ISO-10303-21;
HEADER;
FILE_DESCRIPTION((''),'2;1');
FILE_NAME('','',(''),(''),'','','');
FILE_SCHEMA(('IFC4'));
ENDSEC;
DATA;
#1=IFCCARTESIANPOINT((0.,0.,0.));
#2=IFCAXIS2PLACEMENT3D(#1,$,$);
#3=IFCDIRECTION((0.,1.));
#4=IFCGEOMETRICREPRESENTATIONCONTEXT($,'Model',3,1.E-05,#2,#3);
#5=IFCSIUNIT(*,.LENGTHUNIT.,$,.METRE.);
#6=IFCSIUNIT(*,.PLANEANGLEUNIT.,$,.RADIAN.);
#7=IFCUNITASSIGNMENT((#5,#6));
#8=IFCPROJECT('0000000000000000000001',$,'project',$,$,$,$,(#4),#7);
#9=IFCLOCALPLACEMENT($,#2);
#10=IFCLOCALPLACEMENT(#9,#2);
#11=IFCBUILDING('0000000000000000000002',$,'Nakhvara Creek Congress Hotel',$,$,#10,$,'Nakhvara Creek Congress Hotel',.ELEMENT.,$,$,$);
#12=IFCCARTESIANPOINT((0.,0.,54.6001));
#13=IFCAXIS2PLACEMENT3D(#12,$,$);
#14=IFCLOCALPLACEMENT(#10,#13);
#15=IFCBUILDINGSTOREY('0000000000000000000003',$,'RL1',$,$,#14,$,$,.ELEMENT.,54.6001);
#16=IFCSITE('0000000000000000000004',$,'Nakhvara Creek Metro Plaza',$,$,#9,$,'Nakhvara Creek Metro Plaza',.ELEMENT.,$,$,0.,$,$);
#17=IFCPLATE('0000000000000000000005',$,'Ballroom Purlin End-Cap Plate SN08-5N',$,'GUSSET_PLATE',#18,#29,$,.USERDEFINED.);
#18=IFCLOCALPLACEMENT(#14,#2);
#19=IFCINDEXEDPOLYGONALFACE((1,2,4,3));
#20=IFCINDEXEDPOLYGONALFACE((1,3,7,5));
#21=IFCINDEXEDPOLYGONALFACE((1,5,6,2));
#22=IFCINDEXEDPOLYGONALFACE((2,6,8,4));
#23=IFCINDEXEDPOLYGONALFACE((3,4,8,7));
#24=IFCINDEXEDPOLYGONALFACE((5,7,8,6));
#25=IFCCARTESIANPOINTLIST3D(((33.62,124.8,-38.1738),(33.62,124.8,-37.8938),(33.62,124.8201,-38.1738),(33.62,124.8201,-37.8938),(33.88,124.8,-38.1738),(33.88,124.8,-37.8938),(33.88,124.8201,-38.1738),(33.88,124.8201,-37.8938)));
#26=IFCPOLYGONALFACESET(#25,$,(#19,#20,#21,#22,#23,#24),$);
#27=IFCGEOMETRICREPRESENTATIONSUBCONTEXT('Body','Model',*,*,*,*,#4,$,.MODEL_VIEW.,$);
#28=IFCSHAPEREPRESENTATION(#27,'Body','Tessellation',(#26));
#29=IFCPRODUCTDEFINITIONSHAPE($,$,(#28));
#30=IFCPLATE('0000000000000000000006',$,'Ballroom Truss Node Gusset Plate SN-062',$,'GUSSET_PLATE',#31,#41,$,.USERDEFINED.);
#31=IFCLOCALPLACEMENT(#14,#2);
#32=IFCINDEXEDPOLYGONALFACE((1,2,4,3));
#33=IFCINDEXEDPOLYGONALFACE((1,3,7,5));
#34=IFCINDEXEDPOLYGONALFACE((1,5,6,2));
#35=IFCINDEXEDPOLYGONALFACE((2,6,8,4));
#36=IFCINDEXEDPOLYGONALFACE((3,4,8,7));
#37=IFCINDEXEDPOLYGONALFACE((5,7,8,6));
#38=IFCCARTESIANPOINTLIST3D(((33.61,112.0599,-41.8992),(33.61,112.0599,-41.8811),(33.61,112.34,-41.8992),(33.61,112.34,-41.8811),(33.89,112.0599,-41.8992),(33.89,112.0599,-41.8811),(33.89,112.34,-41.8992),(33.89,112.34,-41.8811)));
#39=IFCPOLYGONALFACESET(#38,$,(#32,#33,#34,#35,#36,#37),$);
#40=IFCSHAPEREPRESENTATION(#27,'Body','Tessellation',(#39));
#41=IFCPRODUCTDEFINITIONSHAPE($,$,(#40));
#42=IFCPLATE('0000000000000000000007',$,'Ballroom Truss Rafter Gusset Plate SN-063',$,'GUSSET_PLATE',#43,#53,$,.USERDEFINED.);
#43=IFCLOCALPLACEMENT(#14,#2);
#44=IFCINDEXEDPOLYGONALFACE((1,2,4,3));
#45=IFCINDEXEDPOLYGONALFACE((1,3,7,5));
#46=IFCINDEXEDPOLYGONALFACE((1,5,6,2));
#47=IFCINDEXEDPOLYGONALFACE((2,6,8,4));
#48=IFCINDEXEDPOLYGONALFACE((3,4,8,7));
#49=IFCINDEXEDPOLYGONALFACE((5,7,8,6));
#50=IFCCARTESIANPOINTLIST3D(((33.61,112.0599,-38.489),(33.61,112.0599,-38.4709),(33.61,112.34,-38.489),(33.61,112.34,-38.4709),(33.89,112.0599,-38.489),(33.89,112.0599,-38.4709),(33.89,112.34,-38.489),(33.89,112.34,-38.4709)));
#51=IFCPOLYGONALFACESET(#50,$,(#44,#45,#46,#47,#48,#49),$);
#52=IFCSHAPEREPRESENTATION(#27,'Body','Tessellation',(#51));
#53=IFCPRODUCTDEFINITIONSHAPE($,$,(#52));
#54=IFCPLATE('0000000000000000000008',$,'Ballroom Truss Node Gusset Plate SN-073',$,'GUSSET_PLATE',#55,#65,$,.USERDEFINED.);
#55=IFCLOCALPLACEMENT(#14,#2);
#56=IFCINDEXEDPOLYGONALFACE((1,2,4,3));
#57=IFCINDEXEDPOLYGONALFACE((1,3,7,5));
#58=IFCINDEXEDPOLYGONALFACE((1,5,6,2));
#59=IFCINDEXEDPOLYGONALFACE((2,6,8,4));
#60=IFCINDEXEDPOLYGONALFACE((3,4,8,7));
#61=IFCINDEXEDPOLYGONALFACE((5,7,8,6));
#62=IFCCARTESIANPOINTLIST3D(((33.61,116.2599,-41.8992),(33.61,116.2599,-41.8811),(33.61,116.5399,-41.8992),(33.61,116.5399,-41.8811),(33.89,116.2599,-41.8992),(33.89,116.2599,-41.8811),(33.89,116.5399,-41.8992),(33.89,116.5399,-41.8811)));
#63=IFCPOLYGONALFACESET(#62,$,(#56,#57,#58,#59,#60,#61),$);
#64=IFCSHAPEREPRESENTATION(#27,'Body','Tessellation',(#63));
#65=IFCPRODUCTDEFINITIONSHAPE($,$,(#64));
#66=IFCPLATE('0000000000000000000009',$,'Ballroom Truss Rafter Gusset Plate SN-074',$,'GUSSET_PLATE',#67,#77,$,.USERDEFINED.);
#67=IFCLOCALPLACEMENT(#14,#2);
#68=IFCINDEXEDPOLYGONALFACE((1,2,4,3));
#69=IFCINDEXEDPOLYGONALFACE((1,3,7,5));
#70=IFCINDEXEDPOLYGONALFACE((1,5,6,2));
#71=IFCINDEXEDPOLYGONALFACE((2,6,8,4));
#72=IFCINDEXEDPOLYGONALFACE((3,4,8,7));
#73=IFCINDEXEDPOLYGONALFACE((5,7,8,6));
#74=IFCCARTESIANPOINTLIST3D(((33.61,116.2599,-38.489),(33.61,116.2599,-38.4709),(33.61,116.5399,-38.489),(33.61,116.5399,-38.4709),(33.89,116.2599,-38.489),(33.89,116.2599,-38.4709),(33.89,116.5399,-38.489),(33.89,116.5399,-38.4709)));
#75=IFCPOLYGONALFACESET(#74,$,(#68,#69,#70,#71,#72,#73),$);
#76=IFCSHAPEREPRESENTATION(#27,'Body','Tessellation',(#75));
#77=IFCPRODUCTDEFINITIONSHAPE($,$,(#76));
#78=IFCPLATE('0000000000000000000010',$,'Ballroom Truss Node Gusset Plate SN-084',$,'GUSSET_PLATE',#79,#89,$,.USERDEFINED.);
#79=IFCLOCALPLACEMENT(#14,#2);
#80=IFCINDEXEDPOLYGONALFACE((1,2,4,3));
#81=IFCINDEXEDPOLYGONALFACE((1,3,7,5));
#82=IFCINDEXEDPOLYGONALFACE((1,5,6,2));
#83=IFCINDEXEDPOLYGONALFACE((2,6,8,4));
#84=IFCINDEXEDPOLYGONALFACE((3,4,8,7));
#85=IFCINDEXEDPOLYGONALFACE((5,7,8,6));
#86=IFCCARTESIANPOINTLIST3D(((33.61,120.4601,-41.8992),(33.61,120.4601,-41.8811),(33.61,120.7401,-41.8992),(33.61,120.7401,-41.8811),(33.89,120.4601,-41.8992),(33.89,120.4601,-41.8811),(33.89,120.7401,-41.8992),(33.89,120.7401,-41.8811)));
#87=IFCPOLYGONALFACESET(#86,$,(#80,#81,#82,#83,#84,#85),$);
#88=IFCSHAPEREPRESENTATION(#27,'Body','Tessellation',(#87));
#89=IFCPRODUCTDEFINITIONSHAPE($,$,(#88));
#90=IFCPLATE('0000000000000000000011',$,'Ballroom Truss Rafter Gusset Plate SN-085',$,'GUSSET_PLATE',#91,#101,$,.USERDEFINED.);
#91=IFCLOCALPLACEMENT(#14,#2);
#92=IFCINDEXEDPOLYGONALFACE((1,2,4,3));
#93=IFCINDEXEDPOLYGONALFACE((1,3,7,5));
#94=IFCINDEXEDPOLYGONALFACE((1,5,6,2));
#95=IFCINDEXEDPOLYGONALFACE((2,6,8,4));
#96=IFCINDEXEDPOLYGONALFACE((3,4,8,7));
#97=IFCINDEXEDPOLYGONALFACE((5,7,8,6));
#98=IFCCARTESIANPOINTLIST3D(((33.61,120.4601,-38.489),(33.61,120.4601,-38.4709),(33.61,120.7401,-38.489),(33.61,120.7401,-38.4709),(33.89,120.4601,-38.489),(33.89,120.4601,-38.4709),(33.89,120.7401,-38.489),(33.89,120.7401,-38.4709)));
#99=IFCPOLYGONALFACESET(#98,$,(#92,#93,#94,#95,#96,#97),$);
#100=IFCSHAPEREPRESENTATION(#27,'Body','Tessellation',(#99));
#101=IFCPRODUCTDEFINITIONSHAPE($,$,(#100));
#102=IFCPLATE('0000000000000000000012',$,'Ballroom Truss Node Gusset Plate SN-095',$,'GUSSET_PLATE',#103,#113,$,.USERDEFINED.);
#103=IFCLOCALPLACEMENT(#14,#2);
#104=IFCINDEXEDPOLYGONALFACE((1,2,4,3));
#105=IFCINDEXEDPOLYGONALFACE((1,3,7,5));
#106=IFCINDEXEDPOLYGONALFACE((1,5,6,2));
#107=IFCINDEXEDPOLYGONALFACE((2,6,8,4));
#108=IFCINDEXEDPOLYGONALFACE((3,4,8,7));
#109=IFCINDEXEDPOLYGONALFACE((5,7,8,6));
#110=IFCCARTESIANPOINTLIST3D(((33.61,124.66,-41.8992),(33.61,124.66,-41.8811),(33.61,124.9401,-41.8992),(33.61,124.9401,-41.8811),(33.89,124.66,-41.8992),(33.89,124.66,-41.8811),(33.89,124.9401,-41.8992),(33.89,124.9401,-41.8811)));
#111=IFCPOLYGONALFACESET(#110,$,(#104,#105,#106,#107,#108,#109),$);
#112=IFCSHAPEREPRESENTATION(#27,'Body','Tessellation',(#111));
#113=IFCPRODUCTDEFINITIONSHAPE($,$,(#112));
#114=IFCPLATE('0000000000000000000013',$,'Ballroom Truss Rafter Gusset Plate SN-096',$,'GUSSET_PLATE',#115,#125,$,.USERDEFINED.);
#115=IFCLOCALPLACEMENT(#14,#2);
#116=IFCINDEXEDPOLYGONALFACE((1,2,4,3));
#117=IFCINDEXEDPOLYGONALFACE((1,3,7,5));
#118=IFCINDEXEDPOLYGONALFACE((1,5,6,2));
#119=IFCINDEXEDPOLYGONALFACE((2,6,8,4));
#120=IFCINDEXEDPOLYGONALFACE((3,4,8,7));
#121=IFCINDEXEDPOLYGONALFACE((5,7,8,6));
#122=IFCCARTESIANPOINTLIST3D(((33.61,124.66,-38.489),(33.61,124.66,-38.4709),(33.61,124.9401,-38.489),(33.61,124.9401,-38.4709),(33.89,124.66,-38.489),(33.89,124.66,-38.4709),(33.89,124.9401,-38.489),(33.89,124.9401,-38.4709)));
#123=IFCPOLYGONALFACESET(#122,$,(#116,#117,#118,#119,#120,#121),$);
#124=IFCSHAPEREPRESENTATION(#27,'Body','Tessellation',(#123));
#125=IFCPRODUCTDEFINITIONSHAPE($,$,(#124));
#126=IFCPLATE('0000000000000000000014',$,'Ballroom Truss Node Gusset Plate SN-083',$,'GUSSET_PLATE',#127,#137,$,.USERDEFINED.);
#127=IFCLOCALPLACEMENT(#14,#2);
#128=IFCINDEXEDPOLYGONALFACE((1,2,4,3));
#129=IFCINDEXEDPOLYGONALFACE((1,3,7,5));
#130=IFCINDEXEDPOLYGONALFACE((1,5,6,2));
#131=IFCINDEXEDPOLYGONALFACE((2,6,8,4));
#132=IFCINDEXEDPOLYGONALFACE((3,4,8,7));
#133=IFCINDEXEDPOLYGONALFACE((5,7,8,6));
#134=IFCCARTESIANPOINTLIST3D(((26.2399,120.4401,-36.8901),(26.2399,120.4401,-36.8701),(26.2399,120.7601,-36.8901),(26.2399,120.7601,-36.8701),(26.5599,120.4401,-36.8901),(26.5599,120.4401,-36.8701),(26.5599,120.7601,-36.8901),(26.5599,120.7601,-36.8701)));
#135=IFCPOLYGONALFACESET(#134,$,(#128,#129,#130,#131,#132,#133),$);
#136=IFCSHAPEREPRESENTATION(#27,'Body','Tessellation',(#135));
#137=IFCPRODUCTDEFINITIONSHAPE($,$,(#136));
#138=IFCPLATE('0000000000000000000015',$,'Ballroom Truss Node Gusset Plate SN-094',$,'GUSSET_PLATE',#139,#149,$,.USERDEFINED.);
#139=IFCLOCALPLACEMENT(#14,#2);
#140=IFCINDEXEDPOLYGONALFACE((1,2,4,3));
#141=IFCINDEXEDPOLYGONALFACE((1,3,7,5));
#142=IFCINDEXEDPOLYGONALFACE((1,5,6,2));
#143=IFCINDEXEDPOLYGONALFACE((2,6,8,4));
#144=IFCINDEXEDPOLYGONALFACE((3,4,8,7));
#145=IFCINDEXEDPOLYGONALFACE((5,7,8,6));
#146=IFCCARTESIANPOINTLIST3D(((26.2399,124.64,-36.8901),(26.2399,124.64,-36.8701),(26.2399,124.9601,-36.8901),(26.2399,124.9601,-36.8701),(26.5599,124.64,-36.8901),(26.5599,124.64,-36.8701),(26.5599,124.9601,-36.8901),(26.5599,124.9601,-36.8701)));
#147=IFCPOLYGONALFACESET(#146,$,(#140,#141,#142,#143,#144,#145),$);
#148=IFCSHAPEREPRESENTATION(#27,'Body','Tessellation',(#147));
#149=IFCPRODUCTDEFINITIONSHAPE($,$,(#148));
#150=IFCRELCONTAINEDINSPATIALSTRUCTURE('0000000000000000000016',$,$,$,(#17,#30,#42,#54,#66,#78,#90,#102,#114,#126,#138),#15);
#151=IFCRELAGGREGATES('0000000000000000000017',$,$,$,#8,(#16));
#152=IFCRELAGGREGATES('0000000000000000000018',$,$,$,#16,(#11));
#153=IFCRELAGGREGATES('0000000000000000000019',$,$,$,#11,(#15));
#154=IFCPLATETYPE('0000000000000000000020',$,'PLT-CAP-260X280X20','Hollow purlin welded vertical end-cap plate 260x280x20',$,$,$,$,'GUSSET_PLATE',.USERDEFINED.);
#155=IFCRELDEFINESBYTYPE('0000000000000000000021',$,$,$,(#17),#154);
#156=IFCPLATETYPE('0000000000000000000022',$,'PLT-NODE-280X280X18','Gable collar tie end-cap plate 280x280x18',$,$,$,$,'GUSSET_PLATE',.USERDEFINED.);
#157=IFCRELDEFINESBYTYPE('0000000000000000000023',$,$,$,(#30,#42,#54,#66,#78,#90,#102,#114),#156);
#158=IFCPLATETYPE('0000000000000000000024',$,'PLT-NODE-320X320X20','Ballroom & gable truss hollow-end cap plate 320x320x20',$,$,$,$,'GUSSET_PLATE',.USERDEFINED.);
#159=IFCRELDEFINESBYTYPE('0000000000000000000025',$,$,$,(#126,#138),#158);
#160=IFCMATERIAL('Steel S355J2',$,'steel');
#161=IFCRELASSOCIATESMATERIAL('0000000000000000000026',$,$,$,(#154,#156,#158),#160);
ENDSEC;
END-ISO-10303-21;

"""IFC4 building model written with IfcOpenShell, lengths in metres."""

from ifc_helpers import new_model, si_unit, direction, frame, origin, origin_2d, place, context, subcontext, project, spatial, rectangle, extrude, material, type_object, element, save


model = new_model("IFC4")

# Units and contexts
model_context = context("Model", 3, precision=1e-05, world=origin(), true_north=direction((0.0, 1.0)))
body_context = subcontext(model_context, "Body", "Model", "MODEL_VIEW")
ifc_project = project(units=[si_unit("LENGTHUNIT", "METRE"), si_unit("PLANEANGLEUNIT", "RADIAN")], contexts=[model_context])

# Site, building, storey
site_placement = place(None, origin())
site = spatial("IfcSite", under=ifc_project, at=site_placement, Name="Nakhvara Creek Metro Plaza", LongName="Nakhvara Creek Metro Plaza", CompositionType="ELEMENT", RefElevation=0.0)
building_placement = place(site_placement, origin())
building = spatial("IfcBuilding", under=site, at=building_placement, Name="Nakhvara Creek Congress Hotel", LongName="Nakhvara Creek Congress Hotel", CompositionType="ELEMENT")
storey_placement = place(building_placement, frame((0.0, 0.0, 54.6001)))
storey = spatial("IfcBuildingStorey", under=building, at=storey_placement, Name="RL1", CompositionType="ELEMENT", Elevation=54.6001)

# Shared definitions
ifc_material_1 = material(Name="Steel S355J2", Category="steel")

# Plates
plate_type_1 = type_object("IfcPlateType", Name="PLT-CAP-260X280X20", Description="Hollow purlin welded vertical end-cap plate 260x280x20", ElementType="GUSSET_PLATE", PredefinedType="USERDEFINED", material=ifc_material_1)
for number, where, z_axis, x_axis, name in (
    (1, (33.75, 124.8101, -38.1738), (0.0, 0.0, 1.0), (1.0, 0.0, 0.0), "Ballroom Purlin End-Cap Plate SN08-5N"),
):
    element("IfcPlate", number, at=place(storey_placement, frame(where, z_axis=z_axis, x_axis=x_axis)), inside=storey, type_object=plate_type_1, Name=name, ObjectType="GUSSET_PLATE", PredefinedType="USERDEFINED", context=body_context, shape_type="SweptSolid", body=[
        extrude(rectangle(XDim=0.26, YDim=0.02, at=origin_2d()), origin(), (0.0, 0.0, 1.0), 0.28),
    ])
plate_type_2 = type_object("IfcPlateType", Name="PLT-NODE-280X280X18", Description="Gable collar tie end-cap plate 280x280x18", ElementType="GUSSET_PLATE", PredefinedType="USERDEFINED", material=ifc_material_1)
for number, where, z_axis, x_axis, name in (
    (2, (33.75, 112.2, -41.8992), (0.0, 0.0, 1.0), (1.0, 0.0, 0.0), "Ballroom Truss Node Gusset Plate SN-062"),
    (3, (33.75, 112.2, -38.489), (0.0, 0.0, 1.0), (1.0, 0.0, 0.0), "Ballroom Truss Rafter Gusset Plate SN-063"),
    (4, (33.75, 116.3999, -41.8992), (0.0, 0.0, 1.0), (1.0, 0.0, 0.0), "Ballroom Truss Node Gusset Plate SN-073"),
    (5, (33.75, 116.3999, -38.489), (0.0, 0.0, 1.0), (1.0, 0.0, 0.0), "Ballroom Truss Rafter Gusset Plate SN-074"),
    (6, (33.75, 120.6001, -41.8992), (0.0, 0.0, 1.0), (1.0, 0.0, 0.0), "Ballroom Truss Node Gusset Plate SN-084"),
    (7, (33.75, 120.6001, -38.489), (0.0, 0.0, 1.0), (1.0, 0.0, 0.0), "Ballroom Truss Rafter Gusset Plate SN-085"),
    (8, (33.75, 124.8, -41.8992), (0.0, 0.0, 1.0), (1.0, 0.0, 0.0), "Ballroom Truss Node Gusset Plate SN-095"),
    (9, (33.75, 124.8, -38.489), (0.0, 0.0, 1.0), (1.0, 0.0, 0.0), "Ballroom Truss Rafter Gusset Plate SN-096"),
):
    element("IfcPlate", number, at=place(storey_placement, frame(where, z_axis=z_axis, x_axis=x_axis)), inside=storey, type_object=plate_type_2, Name=name, ObjectType="GUSSET_PLATE", PredefinedType="USERDEFINED", context=body_context, shape_type="SweptSolid", body=[
        extrude(rectangle(XDim=0.28, YDim=0.28, at=origin_2d()), origin(), (0.0, 0.0, 1.0), 0.0181),
    ])
plate_type_3 = type_object("IfcPlateType", Name="PLT-NODE-320X320X20", Description="Ballroom & gable truss hollow-end cap plate 320x320x20", ElementType="GUSSET_PLATE", PredefinedType="USERDEFINED", material=ifc_material_1)
for number, where, z_axis, x_axis, name in (
    (10, (26.3999, 120.6001, -36.8901), (0.0, 0.0, 1.0), (1.0, 0.0, 0.0), "Ballroom Truss Node Gusset Plate SN-083"),
    (11, (26.3999, 124.8, -36.8901), (0.0, 0.0, 1.0), (1.0, 0.0, 0.0), "Ballroom Truss Node Gusset Plate SN-094"),
):
    element("IfcPlate", number, at=place(storey_placement, frame(where, z_axis=z_axis, x_axis=x_axis)), inside=storey, type_object=plate_type_3, Name=name, ObjectType="GUSSET_PLATE", PredefinedType="USERDEFINED", context=body_context, shape_type="SweptSolid", body=[
        extrude(rectangle(XDim=0.3201, YDim=0.3201, at=origin_2d()), origin(), (0.0, 0.0, 1.0), 0.02),
    ])

save(model, "model.ifc")
